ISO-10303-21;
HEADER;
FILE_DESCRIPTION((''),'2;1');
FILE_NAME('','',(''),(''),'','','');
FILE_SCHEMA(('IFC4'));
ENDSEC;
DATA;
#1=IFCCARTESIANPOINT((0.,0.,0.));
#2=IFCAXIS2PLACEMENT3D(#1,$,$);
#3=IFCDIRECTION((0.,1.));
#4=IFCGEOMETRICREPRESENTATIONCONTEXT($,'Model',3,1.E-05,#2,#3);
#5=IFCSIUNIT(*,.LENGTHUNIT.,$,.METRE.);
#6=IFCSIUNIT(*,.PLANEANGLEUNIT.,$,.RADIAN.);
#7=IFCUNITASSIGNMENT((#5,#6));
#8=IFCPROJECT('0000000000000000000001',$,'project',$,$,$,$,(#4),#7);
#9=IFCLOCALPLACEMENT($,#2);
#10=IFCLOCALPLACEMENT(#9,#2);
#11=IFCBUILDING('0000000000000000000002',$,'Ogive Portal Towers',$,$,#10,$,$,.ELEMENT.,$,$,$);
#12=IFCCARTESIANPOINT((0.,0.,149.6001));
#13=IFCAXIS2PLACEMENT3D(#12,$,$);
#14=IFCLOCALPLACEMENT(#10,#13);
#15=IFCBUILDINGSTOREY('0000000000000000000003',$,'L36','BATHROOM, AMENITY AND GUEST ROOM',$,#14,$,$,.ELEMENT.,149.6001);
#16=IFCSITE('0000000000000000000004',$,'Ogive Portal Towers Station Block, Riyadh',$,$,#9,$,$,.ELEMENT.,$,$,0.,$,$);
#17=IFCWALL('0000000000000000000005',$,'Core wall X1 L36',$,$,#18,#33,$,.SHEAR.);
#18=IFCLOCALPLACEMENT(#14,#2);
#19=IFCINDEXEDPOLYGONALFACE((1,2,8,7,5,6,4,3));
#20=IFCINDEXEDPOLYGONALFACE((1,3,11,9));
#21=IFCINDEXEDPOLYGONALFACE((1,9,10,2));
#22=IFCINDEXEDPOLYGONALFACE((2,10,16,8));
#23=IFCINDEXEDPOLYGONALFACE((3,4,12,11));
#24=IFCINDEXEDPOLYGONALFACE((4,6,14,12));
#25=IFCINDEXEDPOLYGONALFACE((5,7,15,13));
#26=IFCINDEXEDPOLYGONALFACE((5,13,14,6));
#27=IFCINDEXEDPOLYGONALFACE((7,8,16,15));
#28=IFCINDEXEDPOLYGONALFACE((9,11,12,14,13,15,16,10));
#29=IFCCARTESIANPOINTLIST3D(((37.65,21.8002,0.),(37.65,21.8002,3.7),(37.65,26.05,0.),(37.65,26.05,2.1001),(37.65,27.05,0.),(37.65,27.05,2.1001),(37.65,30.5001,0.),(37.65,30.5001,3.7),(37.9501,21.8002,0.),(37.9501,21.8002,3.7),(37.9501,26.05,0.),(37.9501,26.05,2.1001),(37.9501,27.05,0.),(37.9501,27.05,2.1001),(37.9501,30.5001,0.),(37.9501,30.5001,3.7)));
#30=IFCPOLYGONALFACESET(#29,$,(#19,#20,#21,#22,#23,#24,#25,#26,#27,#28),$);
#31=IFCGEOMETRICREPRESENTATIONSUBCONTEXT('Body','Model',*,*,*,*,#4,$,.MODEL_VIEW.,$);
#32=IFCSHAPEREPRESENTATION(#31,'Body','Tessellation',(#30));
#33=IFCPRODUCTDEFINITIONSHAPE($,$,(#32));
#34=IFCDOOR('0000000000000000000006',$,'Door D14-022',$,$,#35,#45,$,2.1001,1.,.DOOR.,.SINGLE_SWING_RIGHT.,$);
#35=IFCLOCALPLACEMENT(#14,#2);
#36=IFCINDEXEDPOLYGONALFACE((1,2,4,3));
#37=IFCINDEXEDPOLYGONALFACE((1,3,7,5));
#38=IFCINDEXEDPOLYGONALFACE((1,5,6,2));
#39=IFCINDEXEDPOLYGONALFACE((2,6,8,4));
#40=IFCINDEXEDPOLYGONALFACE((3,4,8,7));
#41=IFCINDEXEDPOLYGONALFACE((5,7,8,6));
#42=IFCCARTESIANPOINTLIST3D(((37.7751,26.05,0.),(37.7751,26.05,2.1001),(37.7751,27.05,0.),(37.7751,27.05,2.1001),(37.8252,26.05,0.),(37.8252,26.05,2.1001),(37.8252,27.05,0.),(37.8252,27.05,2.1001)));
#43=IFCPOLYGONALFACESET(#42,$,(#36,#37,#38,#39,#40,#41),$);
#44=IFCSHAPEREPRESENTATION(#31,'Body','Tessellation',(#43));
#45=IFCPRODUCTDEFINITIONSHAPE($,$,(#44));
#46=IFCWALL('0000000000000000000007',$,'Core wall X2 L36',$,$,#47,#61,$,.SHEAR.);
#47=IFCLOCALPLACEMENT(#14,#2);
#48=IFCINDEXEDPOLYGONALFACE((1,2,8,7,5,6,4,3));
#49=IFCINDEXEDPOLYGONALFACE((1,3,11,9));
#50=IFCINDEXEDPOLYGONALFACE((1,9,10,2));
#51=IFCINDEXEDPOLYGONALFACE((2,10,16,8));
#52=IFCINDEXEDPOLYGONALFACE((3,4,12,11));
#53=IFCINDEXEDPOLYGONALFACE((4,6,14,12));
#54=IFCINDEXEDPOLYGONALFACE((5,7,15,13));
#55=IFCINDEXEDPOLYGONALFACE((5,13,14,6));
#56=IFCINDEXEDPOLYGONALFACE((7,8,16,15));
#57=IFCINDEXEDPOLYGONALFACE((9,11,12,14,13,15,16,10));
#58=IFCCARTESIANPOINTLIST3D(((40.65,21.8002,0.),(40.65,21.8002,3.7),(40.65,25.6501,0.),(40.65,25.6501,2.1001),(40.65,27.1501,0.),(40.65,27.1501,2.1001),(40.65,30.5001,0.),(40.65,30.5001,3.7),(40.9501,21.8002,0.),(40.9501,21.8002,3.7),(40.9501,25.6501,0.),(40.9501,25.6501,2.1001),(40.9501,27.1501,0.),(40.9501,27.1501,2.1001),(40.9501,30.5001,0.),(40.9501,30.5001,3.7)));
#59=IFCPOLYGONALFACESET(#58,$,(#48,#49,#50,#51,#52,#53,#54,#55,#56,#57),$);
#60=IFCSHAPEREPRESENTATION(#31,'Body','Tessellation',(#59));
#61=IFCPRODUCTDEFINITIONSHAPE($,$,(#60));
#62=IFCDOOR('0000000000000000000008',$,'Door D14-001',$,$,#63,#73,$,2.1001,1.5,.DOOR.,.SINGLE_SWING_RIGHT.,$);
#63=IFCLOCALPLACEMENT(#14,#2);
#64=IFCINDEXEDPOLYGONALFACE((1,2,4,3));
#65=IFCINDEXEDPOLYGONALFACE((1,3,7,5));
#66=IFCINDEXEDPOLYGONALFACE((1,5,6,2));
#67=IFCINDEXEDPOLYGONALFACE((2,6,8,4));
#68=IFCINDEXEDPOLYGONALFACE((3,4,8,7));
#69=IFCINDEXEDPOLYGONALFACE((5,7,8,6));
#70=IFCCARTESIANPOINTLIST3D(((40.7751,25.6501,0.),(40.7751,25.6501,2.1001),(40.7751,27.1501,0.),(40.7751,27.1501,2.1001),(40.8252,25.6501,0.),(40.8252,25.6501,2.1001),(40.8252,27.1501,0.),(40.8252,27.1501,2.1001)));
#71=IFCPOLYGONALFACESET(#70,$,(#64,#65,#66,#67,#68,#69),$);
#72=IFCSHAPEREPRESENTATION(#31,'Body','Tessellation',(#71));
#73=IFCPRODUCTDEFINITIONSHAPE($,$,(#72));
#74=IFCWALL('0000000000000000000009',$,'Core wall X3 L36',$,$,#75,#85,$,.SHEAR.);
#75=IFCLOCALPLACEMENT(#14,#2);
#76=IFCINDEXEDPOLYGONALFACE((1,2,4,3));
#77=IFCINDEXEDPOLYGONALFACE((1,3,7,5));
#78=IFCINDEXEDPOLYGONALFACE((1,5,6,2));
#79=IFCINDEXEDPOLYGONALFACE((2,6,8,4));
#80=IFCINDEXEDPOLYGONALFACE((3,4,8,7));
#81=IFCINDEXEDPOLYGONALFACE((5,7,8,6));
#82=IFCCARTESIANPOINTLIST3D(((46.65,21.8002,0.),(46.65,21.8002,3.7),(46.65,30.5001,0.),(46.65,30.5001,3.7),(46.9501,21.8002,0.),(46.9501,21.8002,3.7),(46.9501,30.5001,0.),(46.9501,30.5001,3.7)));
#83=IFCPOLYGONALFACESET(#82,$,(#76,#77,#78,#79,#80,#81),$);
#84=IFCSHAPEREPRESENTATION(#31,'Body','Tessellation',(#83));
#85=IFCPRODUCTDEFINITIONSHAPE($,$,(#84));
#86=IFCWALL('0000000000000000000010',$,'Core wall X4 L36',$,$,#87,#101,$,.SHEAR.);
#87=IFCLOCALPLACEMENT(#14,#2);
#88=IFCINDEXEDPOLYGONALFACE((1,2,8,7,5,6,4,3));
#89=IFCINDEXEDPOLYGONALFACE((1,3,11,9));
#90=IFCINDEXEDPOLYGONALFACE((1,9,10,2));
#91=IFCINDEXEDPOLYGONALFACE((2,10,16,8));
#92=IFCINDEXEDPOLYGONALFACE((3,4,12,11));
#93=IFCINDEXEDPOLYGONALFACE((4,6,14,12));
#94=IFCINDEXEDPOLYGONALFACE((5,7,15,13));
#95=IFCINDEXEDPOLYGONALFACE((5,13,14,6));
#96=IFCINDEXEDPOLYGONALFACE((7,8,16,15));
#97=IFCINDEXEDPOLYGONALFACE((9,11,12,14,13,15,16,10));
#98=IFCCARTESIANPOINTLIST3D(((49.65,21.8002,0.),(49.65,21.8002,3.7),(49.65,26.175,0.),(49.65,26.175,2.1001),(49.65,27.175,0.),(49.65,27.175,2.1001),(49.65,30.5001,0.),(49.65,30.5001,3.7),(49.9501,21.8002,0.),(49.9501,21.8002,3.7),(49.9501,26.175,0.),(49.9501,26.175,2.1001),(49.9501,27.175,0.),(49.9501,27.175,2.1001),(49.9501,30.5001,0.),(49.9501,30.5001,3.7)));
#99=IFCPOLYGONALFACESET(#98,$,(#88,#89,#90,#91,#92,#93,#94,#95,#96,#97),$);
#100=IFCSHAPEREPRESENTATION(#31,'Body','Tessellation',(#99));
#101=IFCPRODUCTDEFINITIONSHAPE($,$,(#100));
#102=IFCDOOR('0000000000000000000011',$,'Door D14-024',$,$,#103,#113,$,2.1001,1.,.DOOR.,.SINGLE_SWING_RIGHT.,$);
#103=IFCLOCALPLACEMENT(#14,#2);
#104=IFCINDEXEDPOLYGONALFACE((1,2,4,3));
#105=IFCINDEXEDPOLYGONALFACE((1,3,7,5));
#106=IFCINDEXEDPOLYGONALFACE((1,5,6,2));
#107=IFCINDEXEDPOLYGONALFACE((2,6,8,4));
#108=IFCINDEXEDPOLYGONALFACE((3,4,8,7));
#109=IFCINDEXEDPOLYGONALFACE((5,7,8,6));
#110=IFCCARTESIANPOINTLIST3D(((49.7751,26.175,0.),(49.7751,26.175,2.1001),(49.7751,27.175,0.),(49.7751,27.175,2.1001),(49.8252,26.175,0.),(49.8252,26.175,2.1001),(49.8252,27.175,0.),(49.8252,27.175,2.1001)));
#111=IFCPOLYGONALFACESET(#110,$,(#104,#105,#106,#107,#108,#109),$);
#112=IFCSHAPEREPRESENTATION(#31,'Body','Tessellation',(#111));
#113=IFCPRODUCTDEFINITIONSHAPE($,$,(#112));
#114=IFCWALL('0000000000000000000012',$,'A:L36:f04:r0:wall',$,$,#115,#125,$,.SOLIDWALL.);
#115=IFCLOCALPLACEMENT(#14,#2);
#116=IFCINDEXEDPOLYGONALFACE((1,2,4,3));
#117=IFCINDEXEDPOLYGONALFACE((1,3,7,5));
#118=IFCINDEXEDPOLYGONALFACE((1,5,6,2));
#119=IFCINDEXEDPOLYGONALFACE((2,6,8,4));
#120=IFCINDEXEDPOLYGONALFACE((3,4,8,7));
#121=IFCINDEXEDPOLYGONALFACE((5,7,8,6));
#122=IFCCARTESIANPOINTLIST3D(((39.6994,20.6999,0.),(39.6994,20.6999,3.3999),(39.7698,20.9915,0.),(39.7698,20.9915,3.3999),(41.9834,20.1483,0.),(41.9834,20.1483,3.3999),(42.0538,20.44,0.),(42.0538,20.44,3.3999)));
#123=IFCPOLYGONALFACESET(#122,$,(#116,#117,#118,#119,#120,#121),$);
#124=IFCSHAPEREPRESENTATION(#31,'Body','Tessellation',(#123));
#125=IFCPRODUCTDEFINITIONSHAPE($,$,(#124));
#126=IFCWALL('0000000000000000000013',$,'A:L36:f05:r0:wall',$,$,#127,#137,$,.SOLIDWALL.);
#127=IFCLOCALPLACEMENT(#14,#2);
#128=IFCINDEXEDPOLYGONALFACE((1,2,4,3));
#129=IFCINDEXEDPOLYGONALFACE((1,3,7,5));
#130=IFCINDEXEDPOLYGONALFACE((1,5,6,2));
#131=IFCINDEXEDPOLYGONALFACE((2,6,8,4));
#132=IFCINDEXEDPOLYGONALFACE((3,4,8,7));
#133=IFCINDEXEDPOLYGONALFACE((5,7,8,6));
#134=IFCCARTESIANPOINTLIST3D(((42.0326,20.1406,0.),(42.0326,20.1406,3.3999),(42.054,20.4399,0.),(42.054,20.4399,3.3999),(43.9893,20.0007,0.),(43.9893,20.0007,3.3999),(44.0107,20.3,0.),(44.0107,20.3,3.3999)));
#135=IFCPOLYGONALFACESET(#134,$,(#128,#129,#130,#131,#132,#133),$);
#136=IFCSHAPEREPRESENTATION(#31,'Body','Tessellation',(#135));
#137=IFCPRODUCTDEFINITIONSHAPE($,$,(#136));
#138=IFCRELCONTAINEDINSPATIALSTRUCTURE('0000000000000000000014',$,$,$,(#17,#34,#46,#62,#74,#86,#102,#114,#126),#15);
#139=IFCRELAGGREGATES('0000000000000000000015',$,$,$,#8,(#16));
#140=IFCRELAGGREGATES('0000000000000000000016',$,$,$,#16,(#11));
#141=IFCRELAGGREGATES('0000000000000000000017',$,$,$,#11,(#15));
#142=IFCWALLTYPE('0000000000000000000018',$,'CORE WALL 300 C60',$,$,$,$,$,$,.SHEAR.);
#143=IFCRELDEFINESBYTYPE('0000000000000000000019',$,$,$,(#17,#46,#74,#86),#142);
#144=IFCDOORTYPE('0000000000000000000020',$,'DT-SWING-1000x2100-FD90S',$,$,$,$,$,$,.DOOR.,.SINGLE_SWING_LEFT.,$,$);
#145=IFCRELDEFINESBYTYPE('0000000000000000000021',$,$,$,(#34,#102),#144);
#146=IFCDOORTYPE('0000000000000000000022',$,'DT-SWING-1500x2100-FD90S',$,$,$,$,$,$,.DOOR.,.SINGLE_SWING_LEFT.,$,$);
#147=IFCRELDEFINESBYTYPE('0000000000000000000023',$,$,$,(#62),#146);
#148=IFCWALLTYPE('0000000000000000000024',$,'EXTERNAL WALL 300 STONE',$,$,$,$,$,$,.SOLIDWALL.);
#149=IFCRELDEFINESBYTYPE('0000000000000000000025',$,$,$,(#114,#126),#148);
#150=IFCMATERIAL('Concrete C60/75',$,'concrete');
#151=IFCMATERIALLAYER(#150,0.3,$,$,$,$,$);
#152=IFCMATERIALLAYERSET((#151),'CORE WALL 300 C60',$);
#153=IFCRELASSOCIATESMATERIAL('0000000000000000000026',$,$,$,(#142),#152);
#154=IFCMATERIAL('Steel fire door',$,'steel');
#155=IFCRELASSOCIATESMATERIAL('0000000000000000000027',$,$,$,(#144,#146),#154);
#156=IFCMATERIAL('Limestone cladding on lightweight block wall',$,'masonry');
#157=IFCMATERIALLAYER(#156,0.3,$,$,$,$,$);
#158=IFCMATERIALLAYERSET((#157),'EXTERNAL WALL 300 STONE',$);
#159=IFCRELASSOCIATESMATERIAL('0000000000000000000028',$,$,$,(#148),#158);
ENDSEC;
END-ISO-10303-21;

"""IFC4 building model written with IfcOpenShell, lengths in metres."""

from ifc_helpers import new_model, si_unit, direction, frame, frame_2d, origin, place, context, subcontext, project, spatial, rectangle, extrude, material, layer, layer_set, type_object, element, fill, save


model = new_model("IFC4")

# Units and contexts
model_context = context("Model", 3, precision=1e-05, world=origin(), true_north=direction((0.0, 1.0)))
body_context = subcontext(model_context, "Body", "Model", "MODEL_VIEW")
ifc_project = project(units=[si_unit("LENGTHUNIT", "METRE"), si_unit("PLANEANGLEUNIT", "RADIAN")], contexts=[model_context])

# Site, building, storey
site_placement = place(None, origin())
site = spatial("IfcSite", under=ifc_project, at=site_placement, Name="Ogive Portal Towers Station Block, Riyadh", CompositionType="ELEMENT", RefElevation=0.0)
building_placement = place(site_placement, origin())
building = spatial("IfcBuilding", under=site, at=building_placement, Name="Ogive Portal Towers", CompositionType="ELEMENT")
storey_placement = place(building_placement, frame((0.0, 0.0, 149.6001)))
storey = spatial("IfcBuildingStorey", under=building, at=storey_placement, Name="L36", Description="BATHROOM, AMENITY AND GUEST ROOM", CompositionType="ELEMENT", Elevation=149.6001)

# Walls, openings, doors
ifc_material_1 = material(Name="Concrete C60/75", Category="concrete")
ifc_layer_1 = layer(ifc_material_1, 0.3)
ifc_layer_set_1 = layer_set([ifc_layer_1], Name="CORE WALL 300 C60")
wall_type_1 = type_object("IfcWallType", Name="CORE WALL 300 C60", PredefinedType="SHEAR", material=ifc_layer_set_1)
wall_1_placement = place(storey_placement, frame((37.8, 21.8, 0.0), z_axis=(0.0, 0.0, 1.0), x_axis=(0.0, 1.0, 0.0)))
wall_1 = element("IfcWall", 1, at=wall_1_placement, inside=storey, type_object=wall_type_1, Name="Core wall X1 L36", PredefinedType="SHEAR", context=body_context, shape_type="SweptSolid", body=[
    extrude(rectangle(XDim=8.7, YDim=0.3, at=frame_2d((4.3501, 0.0))), origin(), (0.0, 0.0, 1.0), 3.7),
])
opening_1_placement = place(wall_1_placement, frame((4.25, 0.0, 0.0)))
opening_1 = element("IfcOpeningElement", 2, at=opening_1_placement, cuts=wall_1, PredefinedType="OPENING", context=body_context, shape_type="SweptSolid", body=[
    extrude(rectangle(XDim=1.0, YDim=2.1001, at=frame_2d((0.5, 1.05))), frame((0.0, 0.1602, 0.0), z_axis=(0.0, -1.0, 0.0), x_axis=(1.0, 0.0, 0.0)), (0.0, 0.0, 1.0), 0.3201),
])
ifc_material_2 = material(Name="Steel fire door", Category="steel")
door_type_1 = type_object("IfcDoorType", Name="DT-SWING-1000x2100-FD90S", OperationType="SINGLE_SWING_LEFT", PredefinedType="DOOR", material=ifc_material_2)
door_1_placement = place(opening_1_placement, origin())
door_1 = element("IfcDoor", 3, at=door_1_placement, inside=storey, type_object=door_type_1, Name="Door D14-022", OperationType="SINGLE_SWING_RIGHT", OverallHeight=2.1001, OverallWidth=1.0, PredefinedType="DOOR", context=body_context, shape_type="SweptSolid", body=[
    extrude(rectangle(XDim=1.0, YDim=2.1001, at=frame_2d((0.5, 1.05))), frame((0.0, 0.0249, 0.0), z_axis=(0.0, -1.0, 0.0), x_axis=(1.0, 0.0, 0.0)), (0.0, 0.0, 1.0), 0.05),
])
fill(opening_1, door_1)
wall_2_placement = place(storey_placement, frame((40.8, 21.8, 0.0), z_axis=(0.0, 0.0, 1.0), x_axis=(0.0, 1.0, 0.0)))
wall_2 = element("IfcWall", 4, at=wall_2_placement, inside=storey, type_object=wall_type_1, Name="Core wall X2 L36", PredefinedType="SHEAR", context=body_context, shape_type="SweptSolid", body=[
    extrude(rectangle(XDim=8.7, YDim=0.3, at=frame_2d((4.3501, 0.0))), origin(), (0.0, 0.0, 1.0), 3.7),
])
opening_2_placement = place(wall_2_placement, frame((3.8501, 0.0, 0.0)))
opening_2 = element("IfcOpeningElement", 5, at=opening_2_placement, cuts=wall_2, PredefinedType="OPENING", context=body_context, shape_type="SweptSolid", body=[
    extrude(rectangle(XDim=1.5, YDim=2.1001, at=frame_2d((0.75, 1.05))), frame((0.0, 0.1602, 0.0), z_axis=(0.0, -1.0, 0.0), x_axis=(1.0, 0.0, 0.0)), (0.0, 0.0, 1.0), 0.3201),
])
door_type_2 = type_object("IfcDoorType", Name="DT-SWING-1500x2100-FD90S", OperationType="SINGLE_SWING_LEFT", PredefinedType="DOOR", material=ifc_material_2)
door_2_placement = place(opening_2_placement, origin())
door_2 = element("IfcDoor", 6, at=door_2_placement, inside=storey, type_object=door_type_2, Name="Door D14-001", OperationType="SINGLE_SWING_RIGHT", OverallHeight=2.1001, OverallWidth=1.5, PredefinedType="DOOR", context=body_context, shape_type="SweptSolid", body=[
    extrude(rectangle(XDim=1.5, YDim=2.1001, at=frame_2d((0.75, 1.05))), frame((0.0, 0.0249, 0.0), z_axis=(0.0, -1.0, 0.0), x_axis=(1.0, 0.0, 0.0)), (0.0, 0.0, 1.0), 0.05),
])
fill(opening_2, door_2)

# Wall
wall_3_placement = place(storey_placement, frame((46.8, 21.8, 0.0), z_axis=(0.0, 0.0, 1.0), x_axis=(0.0, 1.0, 0.0)))
element("IfcWall", 7, at=wall_3_placement, inside=storey, type_object=wall_type_1, Name="Core wall X3 L36", PredefinedType="SHEAR", context=body_context, shape_type="SweptSolid", body=[
    extrude(rectangle(XDim=8.7, YDim=0.3, at=frame_2d((4.3501, 0.0))), origin(), (0.0, 0.0, 1.0), 3.7),
])

# Wall, opening, door
wall_4_placement = place(storey_placement, frame((49.8, 21.8, 0.0), z_axis=(0.0, 0.0, 1.0), x_axis=(0.0, 1.0, 0.0)))
wall_4 = element("IfcWall", 8, at=wall_4_placement, inside=storey, type_object=wall_type_1, Name="Core wall X4 L36", PredefinedType="SHEAR", context=body_context, shape_type="SweptSolid", body=[
    extrude(rectangle(XDim=8.7, YDim=0.3, at=frame_2d((4.3501, 0.0))), origin(), (0.0, 0.0, 1.0), 3.7),
])
opening_3_placement = place(wall_4_placement, frame((4.375, 0.0, 0.0)))
opening_3 = element("IfcOpeningElement", 9, at=opening_3_placement, cuts=wall_4, PredefinedType="OPENING", context=body_context, shape_type="SweptSolid", body=[
    extrude(rectangle(XDim=1.0, YDim=2.1001, at=frame_2d((0.5, 1.05))), frame((0.0, 0.1602, 0.0), z_axis=(0.0, -1.0, 0.0), x_axis=(1.0, 0.0, 0.0)), (0.0, 0.0, 1.0), 0.3201),
])
door_3_placement = place(opening_3_placement, origin())
door_3 = element("IfcDoor", 10, at=door_3_placement, inside=storey, type_object=door_type_1, Name="Door D14-024", OperationType="SINGLE_SWING_RIGHT", OverallHeight=2.1001, OverallWidth=1.0, PredefinedType="DOOR", context=body_context, shape_type="SweptSolid", body=[
    extrude(rectangle(XDim=1.0, YDim=2.1001, at=frame_2d((0.5, 1.05))), frame((0.0, 0.0249, 0.0), z_axis=(0.0, -1.0, 0.0), x_axis=(1.0, 0.0, 0.0)), (0.0, 0.0, 1.0), 0.05),
])
fill(opening_3, door_3)

# Walls
ifc_material_3 = material(Name="Limestone cladding on lightweight block wall", Category="masonry")
ifc_layer_2 = layer(ifc_material_3, 0.3)
ifc_layer_set_2 = layer_set([ifc_layer_2], Name="EXTERNAL WALL 300 STONE")
wall_type_2 = type_object("IfcWallType", Name="EXTERNAL WALL 300 STONE", PredefinedType="SOLIDWALL", material=ifc_layer_set_2)
wall_5_placement = place(storey_placement, frame((39.7346, 20.8457, 0.0), z_axis=(0.0, 0.0, 1.0), x_axis=(0.972061, -0.234729, 0.0)))
element("IfcWall", 11, at=wall_5_placement, inside=storey, type_object=wall_type_2, Name="A:L36:f04:r0:wall", PredefinedType="SOLIDWALL", context=body_context, shape_type="SweptSolid", body=[
    extrude(rectangle(XDim=2.3496, YDim=0.3, at=frame_2d((1.1748, 0.0))), origin(), (0.0, 0.0, 1.0), 3.3999),
])
wall_6_placement = place(storey_placement, frame((42.0432, 20.2903, 0.0), z_axis=(0.0, 0.0, 1.0), x_axis=(0.997454, -0.071309, 0.0)))
element("IfcWall", 12, at=wall_6_placement, inside=storey, type_object=wall_type_2, Name="A:L36:f05:r0:wall", PredefinedType="SOLIDWALL", context=body_context, shape_type="SweptSolid", body=[
    extrude(rectangle(XDim=1.9617, YDim=0.3, at=frame_2d((0.981, 0.0))), origin(), (0.0, 0.0, 1.0), 3.3999),
])

save(model, "model.ifc")
